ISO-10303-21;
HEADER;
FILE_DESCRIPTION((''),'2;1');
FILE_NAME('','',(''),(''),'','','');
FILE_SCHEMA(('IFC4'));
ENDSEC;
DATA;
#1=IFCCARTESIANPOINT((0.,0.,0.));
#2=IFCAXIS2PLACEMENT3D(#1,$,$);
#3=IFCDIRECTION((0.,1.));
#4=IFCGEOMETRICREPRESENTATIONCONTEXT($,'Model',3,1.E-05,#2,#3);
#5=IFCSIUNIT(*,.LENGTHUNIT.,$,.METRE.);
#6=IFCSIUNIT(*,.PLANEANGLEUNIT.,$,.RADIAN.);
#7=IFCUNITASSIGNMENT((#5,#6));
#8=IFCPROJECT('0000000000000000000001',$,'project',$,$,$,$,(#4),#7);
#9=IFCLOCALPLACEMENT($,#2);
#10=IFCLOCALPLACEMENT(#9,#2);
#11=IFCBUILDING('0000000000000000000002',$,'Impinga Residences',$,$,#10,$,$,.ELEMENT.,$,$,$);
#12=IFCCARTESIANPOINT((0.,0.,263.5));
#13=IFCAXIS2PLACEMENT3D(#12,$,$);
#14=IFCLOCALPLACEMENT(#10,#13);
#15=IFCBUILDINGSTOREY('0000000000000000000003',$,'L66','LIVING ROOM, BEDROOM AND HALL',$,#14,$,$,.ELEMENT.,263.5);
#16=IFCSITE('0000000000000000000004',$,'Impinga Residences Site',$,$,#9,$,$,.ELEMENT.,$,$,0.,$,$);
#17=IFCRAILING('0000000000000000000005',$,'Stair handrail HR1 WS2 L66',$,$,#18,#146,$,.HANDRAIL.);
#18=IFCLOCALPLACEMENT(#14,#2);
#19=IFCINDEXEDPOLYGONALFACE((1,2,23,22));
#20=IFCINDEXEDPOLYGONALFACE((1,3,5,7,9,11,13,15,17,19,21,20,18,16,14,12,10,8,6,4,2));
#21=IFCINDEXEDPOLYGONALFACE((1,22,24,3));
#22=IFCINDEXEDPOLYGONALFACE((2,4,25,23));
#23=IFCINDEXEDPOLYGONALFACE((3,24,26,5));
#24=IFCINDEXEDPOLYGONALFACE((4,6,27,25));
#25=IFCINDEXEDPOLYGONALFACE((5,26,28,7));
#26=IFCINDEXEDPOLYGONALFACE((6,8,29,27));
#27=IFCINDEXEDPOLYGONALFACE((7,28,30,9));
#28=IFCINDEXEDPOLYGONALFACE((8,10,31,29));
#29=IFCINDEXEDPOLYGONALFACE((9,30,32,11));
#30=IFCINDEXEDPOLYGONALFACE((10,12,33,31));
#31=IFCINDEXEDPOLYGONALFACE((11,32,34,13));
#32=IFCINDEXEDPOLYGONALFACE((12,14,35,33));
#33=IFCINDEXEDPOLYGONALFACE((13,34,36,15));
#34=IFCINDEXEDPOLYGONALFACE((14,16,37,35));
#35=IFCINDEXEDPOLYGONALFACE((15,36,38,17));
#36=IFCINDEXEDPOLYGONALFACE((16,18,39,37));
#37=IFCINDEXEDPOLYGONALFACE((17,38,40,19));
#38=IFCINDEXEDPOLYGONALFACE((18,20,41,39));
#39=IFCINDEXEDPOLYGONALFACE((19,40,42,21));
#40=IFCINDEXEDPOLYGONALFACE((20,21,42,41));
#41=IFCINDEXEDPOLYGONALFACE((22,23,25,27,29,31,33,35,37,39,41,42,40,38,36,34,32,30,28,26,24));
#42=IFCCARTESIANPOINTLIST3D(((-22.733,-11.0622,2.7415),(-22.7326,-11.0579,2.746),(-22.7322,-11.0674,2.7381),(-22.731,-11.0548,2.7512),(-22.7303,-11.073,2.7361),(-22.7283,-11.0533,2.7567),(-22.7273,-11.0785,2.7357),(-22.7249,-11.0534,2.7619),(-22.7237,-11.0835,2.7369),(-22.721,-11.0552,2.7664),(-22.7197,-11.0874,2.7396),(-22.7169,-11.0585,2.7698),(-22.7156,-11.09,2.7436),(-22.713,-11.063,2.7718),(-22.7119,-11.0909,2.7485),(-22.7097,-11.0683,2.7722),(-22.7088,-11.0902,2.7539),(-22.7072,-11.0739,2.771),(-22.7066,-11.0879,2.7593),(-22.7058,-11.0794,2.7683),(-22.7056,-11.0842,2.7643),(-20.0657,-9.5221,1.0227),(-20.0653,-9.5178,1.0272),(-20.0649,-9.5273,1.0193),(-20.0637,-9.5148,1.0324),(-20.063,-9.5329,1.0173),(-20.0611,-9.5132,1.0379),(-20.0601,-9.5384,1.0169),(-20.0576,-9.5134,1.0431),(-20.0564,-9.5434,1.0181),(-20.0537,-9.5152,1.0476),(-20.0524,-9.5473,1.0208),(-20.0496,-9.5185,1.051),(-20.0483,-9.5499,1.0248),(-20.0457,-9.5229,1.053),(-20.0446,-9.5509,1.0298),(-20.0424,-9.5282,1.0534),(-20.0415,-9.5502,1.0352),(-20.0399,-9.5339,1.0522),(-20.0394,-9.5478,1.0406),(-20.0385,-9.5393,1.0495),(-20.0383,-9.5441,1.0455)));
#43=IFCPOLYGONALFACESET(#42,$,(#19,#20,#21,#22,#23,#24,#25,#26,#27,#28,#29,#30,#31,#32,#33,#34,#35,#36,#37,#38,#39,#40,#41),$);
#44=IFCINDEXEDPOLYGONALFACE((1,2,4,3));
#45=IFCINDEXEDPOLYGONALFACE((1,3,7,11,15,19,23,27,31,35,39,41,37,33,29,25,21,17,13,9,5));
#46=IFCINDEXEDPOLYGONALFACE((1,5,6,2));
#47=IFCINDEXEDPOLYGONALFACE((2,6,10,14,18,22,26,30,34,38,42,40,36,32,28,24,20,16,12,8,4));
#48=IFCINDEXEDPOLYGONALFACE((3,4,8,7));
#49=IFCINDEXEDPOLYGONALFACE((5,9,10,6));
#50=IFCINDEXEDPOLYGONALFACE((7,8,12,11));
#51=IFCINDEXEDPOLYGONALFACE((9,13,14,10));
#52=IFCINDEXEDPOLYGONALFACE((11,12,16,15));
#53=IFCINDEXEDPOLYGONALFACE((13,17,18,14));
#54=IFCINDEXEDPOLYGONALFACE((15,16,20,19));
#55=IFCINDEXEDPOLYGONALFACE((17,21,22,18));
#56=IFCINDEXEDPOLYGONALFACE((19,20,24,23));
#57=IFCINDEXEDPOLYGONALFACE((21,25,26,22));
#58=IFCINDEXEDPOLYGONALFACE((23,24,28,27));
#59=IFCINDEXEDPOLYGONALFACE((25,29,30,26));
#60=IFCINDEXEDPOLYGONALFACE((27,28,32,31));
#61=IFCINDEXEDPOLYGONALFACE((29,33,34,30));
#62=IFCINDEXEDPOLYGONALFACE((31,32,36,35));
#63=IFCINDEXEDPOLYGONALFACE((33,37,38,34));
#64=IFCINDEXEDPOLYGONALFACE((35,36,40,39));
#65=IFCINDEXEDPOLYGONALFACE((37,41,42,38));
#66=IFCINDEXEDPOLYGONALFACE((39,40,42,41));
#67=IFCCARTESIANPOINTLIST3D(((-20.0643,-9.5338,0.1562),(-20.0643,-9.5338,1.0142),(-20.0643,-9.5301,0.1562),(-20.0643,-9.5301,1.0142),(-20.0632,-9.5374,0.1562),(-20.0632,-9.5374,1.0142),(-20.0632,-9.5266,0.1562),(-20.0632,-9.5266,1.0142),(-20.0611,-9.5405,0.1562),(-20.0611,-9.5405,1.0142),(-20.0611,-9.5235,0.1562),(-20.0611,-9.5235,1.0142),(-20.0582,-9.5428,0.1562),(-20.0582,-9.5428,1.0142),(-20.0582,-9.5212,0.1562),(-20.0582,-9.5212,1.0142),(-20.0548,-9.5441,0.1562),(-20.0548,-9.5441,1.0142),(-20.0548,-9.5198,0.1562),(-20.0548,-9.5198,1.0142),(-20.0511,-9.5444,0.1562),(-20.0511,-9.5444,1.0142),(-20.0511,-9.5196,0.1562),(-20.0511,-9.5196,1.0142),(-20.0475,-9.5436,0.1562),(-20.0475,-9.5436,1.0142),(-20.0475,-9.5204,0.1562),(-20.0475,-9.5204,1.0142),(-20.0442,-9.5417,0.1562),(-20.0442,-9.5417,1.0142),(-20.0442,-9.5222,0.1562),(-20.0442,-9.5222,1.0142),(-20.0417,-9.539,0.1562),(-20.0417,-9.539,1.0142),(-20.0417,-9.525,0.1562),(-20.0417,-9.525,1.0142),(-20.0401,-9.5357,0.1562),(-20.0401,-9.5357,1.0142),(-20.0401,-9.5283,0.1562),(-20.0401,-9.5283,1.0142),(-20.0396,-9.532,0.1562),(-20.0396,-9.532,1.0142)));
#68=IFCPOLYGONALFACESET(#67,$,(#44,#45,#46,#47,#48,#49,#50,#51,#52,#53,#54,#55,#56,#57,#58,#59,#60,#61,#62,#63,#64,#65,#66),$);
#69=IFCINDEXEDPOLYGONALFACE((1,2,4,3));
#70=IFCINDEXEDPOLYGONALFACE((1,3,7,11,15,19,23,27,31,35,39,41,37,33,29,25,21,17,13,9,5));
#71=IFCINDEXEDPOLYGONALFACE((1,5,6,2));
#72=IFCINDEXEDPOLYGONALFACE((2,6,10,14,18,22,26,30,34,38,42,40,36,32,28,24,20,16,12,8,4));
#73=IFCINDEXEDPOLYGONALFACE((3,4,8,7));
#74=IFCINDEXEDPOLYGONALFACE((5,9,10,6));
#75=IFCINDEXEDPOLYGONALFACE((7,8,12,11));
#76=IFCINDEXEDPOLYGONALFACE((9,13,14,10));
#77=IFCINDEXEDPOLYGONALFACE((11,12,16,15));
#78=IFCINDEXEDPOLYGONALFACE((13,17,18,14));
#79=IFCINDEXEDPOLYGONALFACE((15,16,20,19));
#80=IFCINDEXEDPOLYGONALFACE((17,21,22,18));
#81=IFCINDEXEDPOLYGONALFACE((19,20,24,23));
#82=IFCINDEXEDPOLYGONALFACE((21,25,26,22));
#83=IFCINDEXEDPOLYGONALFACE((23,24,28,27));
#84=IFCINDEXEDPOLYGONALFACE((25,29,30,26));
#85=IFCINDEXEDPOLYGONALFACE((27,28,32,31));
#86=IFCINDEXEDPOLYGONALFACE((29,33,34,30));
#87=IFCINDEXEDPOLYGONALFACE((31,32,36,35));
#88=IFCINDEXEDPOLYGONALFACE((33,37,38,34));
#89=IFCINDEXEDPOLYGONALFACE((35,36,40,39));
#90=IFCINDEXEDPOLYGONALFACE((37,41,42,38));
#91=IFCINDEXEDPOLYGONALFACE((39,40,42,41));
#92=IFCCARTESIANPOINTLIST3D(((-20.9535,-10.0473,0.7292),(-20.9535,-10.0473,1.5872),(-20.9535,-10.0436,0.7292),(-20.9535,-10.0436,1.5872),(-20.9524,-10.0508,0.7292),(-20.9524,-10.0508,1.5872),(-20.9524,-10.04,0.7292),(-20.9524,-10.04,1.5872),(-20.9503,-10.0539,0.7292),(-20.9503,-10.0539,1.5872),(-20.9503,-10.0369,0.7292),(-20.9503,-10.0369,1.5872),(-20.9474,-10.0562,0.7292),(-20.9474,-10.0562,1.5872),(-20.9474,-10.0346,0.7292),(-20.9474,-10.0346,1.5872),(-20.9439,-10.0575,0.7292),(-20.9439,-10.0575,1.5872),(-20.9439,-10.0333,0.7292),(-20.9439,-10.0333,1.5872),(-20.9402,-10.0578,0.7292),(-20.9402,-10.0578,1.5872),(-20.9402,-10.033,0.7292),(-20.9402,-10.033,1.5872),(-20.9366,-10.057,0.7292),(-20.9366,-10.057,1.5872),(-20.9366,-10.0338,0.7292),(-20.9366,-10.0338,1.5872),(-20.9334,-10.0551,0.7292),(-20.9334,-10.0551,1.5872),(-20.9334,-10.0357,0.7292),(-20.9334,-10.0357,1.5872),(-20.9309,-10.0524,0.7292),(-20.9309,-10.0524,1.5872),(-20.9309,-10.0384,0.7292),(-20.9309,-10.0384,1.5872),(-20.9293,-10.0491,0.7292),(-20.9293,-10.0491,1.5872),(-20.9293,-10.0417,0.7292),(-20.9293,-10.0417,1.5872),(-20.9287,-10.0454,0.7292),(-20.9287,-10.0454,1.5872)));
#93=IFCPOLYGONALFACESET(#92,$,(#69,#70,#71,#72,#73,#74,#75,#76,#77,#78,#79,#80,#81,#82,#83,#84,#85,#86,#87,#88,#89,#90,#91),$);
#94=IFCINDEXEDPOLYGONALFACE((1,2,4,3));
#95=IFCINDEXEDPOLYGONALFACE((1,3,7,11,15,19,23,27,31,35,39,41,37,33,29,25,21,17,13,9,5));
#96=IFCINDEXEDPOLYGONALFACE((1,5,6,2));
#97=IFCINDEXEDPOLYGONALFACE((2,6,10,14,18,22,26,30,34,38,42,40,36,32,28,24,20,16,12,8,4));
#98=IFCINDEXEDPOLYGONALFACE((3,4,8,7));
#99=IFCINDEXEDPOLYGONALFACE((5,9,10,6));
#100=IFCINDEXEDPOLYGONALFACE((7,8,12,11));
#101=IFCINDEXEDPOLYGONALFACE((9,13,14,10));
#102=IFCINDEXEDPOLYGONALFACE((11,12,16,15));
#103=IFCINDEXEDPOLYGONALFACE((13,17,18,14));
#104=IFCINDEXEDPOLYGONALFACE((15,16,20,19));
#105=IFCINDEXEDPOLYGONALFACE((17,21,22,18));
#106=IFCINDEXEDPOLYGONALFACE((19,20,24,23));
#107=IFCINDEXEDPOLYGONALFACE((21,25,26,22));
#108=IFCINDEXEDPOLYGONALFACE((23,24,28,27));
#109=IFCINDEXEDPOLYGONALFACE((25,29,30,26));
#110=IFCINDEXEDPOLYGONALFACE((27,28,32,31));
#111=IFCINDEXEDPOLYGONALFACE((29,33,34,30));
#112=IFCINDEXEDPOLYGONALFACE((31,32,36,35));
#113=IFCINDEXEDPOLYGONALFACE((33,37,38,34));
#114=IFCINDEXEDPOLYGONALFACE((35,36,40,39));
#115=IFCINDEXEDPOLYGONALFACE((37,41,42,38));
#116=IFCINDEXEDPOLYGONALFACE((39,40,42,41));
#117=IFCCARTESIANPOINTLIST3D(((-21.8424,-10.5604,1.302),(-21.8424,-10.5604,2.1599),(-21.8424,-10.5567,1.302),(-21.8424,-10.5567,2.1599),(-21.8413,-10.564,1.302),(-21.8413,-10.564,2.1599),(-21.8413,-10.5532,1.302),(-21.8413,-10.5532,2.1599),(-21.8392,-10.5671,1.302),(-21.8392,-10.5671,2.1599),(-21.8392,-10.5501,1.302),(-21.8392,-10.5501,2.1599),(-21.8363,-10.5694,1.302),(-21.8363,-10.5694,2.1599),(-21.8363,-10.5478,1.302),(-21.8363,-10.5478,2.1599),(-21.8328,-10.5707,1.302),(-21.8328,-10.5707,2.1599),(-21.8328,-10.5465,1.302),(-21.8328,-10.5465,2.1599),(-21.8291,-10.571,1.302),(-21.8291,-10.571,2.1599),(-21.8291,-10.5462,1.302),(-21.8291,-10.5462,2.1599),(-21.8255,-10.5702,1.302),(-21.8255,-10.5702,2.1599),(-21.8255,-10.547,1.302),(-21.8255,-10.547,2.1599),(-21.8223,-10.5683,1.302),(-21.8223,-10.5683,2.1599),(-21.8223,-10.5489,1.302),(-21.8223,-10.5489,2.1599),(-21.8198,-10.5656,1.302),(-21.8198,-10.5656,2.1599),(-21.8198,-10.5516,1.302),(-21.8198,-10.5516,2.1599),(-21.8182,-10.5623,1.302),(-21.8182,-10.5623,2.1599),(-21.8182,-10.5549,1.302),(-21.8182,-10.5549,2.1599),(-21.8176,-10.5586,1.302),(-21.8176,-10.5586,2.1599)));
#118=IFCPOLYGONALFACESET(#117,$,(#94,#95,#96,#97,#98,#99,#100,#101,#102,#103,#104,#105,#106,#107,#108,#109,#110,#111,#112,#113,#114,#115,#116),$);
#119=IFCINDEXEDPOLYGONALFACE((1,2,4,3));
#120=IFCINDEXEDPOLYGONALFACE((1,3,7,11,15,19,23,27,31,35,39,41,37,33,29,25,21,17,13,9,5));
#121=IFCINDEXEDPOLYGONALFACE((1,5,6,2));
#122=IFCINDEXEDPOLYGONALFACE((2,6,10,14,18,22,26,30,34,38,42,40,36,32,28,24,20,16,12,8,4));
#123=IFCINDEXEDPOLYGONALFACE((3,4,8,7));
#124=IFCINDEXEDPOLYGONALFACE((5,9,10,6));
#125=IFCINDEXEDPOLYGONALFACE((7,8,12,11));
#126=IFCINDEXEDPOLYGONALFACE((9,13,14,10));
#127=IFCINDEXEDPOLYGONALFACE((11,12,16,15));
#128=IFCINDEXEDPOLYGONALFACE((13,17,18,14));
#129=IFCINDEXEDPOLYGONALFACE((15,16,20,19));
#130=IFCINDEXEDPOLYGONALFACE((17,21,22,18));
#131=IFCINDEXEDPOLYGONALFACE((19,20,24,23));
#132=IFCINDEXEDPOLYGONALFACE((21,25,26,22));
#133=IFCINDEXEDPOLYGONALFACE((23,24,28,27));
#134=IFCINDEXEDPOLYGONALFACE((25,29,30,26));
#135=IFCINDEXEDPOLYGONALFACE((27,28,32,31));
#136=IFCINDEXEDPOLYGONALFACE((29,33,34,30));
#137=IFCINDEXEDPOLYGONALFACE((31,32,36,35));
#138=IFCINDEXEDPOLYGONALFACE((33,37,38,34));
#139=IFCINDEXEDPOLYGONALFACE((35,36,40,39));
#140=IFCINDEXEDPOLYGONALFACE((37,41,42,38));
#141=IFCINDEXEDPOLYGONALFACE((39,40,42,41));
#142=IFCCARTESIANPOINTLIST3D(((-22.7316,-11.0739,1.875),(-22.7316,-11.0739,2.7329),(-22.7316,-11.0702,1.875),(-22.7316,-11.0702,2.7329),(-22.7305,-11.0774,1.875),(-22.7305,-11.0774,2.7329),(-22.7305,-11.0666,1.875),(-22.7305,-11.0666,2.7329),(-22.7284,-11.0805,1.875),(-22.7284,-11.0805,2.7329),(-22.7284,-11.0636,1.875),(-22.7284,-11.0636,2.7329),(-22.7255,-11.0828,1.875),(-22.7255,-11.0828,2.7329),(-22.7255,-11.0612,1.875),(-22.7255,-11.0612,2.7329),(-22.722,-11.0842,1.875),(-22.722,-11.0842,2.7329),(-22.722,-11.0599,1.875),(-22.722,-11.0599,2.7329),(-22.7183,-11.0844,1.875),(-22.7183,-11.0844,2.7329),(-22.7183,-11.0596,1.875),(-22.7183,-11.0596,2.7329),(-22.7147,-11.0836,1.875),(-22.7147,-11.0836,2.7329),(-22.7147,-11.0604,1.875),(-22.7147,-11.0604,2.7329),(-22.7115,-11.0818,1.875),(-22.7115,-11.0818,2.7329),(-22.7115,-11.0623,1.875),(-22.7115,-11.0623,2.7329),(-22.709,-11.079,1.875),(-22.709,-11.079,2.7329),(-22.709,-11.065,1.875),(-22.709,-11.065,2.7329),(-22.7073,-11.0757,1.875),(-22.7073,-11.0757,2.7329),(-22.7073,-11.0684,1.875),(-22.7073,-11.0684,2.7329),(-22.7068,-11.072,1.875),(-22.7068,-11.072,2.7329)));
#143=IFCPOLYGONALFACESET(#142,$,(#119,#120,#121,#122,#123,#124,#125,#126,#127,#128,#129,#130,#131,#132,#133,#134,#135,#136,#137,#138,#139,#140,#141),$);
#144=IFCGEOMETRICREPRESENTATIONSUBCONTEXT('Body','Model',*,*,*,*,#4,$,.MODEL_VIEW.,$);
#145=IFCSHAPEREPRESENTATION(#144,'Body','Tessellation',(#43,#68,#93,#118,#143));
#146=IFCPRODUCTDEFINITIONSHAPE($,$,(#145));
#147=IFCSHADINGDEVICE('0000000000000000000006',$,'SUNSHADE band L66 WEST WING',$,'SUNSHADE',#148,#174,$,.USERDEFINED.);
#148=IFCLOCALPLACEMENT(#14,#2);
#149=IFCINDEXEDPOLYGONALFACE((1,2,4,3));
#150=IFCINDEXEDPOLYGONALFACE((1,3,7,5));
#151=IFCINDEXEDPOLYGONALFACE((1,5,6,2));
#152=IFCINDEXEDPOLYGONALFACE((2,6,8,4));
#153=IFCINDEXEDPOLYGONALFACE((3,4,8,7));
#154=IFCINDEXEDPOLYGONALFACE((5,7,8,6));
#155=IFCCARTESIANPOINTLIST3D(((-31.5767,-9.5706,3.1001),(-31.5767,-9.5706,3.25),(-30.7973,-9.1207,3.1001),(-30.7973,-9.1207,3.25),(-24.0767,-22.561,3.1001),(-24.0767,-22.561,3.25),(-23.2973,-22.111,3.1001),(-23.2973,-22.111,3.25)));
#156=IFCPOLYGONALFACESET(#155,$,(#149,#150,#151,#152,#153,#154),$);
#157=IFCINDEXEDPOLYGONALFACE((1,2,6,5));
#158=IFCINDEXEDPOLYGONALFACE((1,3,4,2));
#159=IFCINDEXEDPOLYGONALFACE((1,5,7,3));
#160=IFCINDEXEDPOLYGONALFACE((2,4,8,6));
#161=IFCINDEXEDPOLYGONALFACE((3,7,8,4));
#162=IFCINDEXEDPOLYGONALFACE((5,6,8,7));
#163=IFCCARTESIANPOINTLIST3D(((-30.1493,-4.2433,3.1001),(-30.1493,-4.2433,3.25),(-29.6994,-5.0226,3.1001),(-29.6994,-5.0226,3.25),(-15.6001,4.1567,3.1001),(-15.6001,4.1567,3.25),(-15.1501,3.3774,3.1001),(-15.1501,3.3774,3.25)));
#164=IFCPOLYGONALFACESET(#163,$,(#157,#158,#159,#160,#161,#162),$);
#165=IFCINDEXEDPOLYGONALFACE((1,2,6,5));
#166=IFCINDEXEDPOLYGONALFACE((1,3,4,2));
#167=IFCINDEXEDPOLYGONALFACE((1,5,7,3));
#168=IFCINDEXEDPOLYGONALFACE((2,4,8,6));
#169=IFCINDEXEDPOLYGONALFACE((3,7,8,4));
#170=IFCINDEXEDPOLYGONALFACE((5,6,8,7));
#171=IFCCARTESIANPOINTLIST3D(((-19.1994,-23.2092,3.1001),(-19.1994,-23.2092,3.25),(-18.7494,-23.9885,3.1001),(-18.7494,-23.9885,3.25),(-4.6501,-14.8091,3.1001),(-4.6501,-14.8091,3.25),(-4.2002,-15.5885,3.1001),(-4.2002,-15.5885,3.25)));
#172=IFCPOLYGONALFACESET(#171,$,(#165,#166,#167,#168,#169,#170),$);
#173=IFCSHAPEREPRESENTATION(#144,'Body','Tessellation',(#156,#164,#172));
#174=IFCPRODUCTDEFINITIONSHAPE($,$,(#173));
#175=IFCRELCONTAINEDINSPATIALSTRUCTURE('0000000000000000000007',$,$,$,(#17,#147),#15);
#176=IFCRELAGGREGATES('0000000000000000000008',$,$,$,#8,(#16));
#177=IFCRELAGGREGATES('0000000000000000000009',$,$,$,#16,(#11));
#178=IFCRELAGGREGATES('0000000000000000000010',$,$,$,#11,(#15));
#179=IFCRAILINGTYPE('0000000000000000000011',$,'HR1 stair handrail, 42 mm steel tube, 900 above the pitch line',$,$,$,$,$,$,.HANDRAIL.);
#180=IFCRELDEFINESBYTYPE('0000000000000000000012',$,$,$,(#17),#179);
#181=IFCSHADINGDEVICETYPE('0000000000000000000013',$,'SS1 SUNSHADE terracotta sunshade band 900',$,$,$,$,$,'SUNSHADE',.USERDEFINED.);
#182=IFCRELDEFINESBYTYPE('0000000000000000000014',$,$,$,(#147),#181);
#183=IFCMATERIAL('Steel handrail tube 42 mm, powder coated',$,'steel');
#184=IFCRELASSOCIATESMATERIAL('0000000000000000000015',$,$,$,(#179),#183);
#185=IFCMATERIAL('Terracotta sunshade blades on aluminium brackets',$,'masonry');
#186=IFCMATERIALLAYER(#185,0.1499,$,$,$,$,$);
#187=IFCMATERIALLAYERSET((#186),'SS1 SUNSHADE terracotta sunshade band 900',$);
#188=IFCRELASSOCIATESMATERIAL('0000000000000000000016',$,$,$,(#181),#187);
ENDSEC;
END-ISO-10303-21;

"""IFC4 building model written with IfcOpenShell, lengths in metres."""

from ifc_helpers import new_model, si_unit, direction, frame, origin, origin_2d, place, context, subcontext, project, spatial, rectangle, circle, extrude, material, layer, layer_set, type_object, element, save


model = new_model("IFC4")

# Units and contexts
model_context = context("Model", 3, precision=1e-05, world=origin(), true_north=direction((0.0, 1.0)))
body_context = subcontext(model_context, "Body", "Model", "MODEL_VIEW")
ifc_project = project(units=[si_unit("LENGTHUNIT", "METRE"), si_unit("PLANEANGLEUNIT", "RADIAN")], contexts=[model_context])

# Site, building, storey
site_placement = place(None, origin())
site = spatial("IfcSite", under=ifc_project, at=site_placement, Name="Impinga Residences Site", CompositionType="ELEMENT", RefElevation=0.0)
building_placement = place(site_placement, origin())
building = spatial("IfcBuilding", under=site, at=building_placement, Name="Impinga Residences", CompositionType="ELEMENT")
storey_placement = place(building_placement, frame((0.0, 0.0, 263.5)))
storey = spatial("IfcBuildingStorey", under=building, at=storey_placement, Name="L66", Description="LIVING ROOM, BEDROOM AND HALL", CompositionType="ELEMENT", Elevation=263.5)

# Railing
ifc_material_1 = material(Name="Steel handrail tube 42 mm, powder coated", Category="steel")
railing_type_1 = type_object("IfcRailingType", Name="HR1 stair handrail, 42 mm steel tube, 900 above the pitch line", PredefinedType="HANDRAIL", material=ifc_material_1)
railing_1_placement = place(storey_placement, frame((-20.052, -9.532, 0.1562)))
element("IfcRailing", 1, at=railing_1_placement, inside=storey, type_object=railing_type_1, Name="Stair handrail HR1 WS2 L66", PredefinedType="HANDRAIL", context=body_context, shape_type="SweptSolid", body=[
    extrude(circle(Radius=0.021, at=origin_2d()), frame((0.0, 0.0, 0.8789), z_axis=(-0.756226, -0.436639, 0.487307), x_axis=(0.500027, -0.86601, 0.0)), (0.0, 0.0, 1.0), 3.5271),
    extrude(circle(Radius=0.0125, at=origin_2d()), origin(), (0.0, 0.0, 1.0), 0.8579),
    extrude(circle(Radius=0.0125, at=origin_2d()), frame((-0.8892, -0.5134, 0.573)), (0.0, 0.0, 1.0), 0.8579),
    extrude(circle(Radius=0.0125, at=origin_2d()), frame((-1.7781, -1.0266, 1.1458)), (0.0, 0.0, 1.0), 0.8579),
    extrude(circle(Radius=0.0125, at=origin_2d()), frame((-2.6672, -1.54, 1.7188)), (0.0, 0.0, 1.0), 0.8579),
])

# Shading device
ifc_material_2 = material(Name="Terracotta sunshade blades on aluminium brackets", Category="masonry")
ifc_layer_1 = layer(ifc_material_2, 0.1499)
ifc_layer_set_1 = layer_set([ifc_layer_1], Name="SS1 SUNSHADE terracotta sunshade band 900")
shading_device_type = type_object("IfcShadingDeviceType", Name="SS1 SUNSHADE terracotta sunshade band 900", ElementType="SUNSHADE", PredefinedType="USERDEFINED", material=ifc_layer_set_1)
shading_device_placement = place(storey_placement, frame((-27.437, -15.8408, 3.1001), z_axis=(0.0, 0.0, 1.0), x_axis=(-0.5, 0.866025, 0.0)))
element("IfcShadingDevice", 2, at=shading_device_placement, inside=storey, type_object=shading_device_type, Name="SUNSHADE band L66 WEST WING", ObjectType="SUNSHADE", PredefinedType="USERDEFINED", context=body_context, shape_type="SweptSolid", body=[
    extrude(rectangle(XDim=15.0, YDim=0.8999, at=origin_2d()), origin(), (0.0, 0.0, 1.0), 0.1499),
    extrude(rectangle(XDim=16.8, YDim=0.8999, at=origin_2d()), frame((10.95, -11.8499, 0.0), z_axis=(0.0, 0.0, 1.0), x_axis=(0.0, -1.0, 0.0)), (0.0, 0.0, 1.0), 0.1499),
    extrude(rectangle(XDim=16.8, YDim=0.8999, at=origin_2d()), frame((-10.95, -11.8499, 0.0), z_axis=(0.0, 0.0, 1.0), x_axis=(0.0, 1.0, 0.0)), (0.0, 0.0, 1.0), 0.1499),
])

save(model, "model.ifc")
